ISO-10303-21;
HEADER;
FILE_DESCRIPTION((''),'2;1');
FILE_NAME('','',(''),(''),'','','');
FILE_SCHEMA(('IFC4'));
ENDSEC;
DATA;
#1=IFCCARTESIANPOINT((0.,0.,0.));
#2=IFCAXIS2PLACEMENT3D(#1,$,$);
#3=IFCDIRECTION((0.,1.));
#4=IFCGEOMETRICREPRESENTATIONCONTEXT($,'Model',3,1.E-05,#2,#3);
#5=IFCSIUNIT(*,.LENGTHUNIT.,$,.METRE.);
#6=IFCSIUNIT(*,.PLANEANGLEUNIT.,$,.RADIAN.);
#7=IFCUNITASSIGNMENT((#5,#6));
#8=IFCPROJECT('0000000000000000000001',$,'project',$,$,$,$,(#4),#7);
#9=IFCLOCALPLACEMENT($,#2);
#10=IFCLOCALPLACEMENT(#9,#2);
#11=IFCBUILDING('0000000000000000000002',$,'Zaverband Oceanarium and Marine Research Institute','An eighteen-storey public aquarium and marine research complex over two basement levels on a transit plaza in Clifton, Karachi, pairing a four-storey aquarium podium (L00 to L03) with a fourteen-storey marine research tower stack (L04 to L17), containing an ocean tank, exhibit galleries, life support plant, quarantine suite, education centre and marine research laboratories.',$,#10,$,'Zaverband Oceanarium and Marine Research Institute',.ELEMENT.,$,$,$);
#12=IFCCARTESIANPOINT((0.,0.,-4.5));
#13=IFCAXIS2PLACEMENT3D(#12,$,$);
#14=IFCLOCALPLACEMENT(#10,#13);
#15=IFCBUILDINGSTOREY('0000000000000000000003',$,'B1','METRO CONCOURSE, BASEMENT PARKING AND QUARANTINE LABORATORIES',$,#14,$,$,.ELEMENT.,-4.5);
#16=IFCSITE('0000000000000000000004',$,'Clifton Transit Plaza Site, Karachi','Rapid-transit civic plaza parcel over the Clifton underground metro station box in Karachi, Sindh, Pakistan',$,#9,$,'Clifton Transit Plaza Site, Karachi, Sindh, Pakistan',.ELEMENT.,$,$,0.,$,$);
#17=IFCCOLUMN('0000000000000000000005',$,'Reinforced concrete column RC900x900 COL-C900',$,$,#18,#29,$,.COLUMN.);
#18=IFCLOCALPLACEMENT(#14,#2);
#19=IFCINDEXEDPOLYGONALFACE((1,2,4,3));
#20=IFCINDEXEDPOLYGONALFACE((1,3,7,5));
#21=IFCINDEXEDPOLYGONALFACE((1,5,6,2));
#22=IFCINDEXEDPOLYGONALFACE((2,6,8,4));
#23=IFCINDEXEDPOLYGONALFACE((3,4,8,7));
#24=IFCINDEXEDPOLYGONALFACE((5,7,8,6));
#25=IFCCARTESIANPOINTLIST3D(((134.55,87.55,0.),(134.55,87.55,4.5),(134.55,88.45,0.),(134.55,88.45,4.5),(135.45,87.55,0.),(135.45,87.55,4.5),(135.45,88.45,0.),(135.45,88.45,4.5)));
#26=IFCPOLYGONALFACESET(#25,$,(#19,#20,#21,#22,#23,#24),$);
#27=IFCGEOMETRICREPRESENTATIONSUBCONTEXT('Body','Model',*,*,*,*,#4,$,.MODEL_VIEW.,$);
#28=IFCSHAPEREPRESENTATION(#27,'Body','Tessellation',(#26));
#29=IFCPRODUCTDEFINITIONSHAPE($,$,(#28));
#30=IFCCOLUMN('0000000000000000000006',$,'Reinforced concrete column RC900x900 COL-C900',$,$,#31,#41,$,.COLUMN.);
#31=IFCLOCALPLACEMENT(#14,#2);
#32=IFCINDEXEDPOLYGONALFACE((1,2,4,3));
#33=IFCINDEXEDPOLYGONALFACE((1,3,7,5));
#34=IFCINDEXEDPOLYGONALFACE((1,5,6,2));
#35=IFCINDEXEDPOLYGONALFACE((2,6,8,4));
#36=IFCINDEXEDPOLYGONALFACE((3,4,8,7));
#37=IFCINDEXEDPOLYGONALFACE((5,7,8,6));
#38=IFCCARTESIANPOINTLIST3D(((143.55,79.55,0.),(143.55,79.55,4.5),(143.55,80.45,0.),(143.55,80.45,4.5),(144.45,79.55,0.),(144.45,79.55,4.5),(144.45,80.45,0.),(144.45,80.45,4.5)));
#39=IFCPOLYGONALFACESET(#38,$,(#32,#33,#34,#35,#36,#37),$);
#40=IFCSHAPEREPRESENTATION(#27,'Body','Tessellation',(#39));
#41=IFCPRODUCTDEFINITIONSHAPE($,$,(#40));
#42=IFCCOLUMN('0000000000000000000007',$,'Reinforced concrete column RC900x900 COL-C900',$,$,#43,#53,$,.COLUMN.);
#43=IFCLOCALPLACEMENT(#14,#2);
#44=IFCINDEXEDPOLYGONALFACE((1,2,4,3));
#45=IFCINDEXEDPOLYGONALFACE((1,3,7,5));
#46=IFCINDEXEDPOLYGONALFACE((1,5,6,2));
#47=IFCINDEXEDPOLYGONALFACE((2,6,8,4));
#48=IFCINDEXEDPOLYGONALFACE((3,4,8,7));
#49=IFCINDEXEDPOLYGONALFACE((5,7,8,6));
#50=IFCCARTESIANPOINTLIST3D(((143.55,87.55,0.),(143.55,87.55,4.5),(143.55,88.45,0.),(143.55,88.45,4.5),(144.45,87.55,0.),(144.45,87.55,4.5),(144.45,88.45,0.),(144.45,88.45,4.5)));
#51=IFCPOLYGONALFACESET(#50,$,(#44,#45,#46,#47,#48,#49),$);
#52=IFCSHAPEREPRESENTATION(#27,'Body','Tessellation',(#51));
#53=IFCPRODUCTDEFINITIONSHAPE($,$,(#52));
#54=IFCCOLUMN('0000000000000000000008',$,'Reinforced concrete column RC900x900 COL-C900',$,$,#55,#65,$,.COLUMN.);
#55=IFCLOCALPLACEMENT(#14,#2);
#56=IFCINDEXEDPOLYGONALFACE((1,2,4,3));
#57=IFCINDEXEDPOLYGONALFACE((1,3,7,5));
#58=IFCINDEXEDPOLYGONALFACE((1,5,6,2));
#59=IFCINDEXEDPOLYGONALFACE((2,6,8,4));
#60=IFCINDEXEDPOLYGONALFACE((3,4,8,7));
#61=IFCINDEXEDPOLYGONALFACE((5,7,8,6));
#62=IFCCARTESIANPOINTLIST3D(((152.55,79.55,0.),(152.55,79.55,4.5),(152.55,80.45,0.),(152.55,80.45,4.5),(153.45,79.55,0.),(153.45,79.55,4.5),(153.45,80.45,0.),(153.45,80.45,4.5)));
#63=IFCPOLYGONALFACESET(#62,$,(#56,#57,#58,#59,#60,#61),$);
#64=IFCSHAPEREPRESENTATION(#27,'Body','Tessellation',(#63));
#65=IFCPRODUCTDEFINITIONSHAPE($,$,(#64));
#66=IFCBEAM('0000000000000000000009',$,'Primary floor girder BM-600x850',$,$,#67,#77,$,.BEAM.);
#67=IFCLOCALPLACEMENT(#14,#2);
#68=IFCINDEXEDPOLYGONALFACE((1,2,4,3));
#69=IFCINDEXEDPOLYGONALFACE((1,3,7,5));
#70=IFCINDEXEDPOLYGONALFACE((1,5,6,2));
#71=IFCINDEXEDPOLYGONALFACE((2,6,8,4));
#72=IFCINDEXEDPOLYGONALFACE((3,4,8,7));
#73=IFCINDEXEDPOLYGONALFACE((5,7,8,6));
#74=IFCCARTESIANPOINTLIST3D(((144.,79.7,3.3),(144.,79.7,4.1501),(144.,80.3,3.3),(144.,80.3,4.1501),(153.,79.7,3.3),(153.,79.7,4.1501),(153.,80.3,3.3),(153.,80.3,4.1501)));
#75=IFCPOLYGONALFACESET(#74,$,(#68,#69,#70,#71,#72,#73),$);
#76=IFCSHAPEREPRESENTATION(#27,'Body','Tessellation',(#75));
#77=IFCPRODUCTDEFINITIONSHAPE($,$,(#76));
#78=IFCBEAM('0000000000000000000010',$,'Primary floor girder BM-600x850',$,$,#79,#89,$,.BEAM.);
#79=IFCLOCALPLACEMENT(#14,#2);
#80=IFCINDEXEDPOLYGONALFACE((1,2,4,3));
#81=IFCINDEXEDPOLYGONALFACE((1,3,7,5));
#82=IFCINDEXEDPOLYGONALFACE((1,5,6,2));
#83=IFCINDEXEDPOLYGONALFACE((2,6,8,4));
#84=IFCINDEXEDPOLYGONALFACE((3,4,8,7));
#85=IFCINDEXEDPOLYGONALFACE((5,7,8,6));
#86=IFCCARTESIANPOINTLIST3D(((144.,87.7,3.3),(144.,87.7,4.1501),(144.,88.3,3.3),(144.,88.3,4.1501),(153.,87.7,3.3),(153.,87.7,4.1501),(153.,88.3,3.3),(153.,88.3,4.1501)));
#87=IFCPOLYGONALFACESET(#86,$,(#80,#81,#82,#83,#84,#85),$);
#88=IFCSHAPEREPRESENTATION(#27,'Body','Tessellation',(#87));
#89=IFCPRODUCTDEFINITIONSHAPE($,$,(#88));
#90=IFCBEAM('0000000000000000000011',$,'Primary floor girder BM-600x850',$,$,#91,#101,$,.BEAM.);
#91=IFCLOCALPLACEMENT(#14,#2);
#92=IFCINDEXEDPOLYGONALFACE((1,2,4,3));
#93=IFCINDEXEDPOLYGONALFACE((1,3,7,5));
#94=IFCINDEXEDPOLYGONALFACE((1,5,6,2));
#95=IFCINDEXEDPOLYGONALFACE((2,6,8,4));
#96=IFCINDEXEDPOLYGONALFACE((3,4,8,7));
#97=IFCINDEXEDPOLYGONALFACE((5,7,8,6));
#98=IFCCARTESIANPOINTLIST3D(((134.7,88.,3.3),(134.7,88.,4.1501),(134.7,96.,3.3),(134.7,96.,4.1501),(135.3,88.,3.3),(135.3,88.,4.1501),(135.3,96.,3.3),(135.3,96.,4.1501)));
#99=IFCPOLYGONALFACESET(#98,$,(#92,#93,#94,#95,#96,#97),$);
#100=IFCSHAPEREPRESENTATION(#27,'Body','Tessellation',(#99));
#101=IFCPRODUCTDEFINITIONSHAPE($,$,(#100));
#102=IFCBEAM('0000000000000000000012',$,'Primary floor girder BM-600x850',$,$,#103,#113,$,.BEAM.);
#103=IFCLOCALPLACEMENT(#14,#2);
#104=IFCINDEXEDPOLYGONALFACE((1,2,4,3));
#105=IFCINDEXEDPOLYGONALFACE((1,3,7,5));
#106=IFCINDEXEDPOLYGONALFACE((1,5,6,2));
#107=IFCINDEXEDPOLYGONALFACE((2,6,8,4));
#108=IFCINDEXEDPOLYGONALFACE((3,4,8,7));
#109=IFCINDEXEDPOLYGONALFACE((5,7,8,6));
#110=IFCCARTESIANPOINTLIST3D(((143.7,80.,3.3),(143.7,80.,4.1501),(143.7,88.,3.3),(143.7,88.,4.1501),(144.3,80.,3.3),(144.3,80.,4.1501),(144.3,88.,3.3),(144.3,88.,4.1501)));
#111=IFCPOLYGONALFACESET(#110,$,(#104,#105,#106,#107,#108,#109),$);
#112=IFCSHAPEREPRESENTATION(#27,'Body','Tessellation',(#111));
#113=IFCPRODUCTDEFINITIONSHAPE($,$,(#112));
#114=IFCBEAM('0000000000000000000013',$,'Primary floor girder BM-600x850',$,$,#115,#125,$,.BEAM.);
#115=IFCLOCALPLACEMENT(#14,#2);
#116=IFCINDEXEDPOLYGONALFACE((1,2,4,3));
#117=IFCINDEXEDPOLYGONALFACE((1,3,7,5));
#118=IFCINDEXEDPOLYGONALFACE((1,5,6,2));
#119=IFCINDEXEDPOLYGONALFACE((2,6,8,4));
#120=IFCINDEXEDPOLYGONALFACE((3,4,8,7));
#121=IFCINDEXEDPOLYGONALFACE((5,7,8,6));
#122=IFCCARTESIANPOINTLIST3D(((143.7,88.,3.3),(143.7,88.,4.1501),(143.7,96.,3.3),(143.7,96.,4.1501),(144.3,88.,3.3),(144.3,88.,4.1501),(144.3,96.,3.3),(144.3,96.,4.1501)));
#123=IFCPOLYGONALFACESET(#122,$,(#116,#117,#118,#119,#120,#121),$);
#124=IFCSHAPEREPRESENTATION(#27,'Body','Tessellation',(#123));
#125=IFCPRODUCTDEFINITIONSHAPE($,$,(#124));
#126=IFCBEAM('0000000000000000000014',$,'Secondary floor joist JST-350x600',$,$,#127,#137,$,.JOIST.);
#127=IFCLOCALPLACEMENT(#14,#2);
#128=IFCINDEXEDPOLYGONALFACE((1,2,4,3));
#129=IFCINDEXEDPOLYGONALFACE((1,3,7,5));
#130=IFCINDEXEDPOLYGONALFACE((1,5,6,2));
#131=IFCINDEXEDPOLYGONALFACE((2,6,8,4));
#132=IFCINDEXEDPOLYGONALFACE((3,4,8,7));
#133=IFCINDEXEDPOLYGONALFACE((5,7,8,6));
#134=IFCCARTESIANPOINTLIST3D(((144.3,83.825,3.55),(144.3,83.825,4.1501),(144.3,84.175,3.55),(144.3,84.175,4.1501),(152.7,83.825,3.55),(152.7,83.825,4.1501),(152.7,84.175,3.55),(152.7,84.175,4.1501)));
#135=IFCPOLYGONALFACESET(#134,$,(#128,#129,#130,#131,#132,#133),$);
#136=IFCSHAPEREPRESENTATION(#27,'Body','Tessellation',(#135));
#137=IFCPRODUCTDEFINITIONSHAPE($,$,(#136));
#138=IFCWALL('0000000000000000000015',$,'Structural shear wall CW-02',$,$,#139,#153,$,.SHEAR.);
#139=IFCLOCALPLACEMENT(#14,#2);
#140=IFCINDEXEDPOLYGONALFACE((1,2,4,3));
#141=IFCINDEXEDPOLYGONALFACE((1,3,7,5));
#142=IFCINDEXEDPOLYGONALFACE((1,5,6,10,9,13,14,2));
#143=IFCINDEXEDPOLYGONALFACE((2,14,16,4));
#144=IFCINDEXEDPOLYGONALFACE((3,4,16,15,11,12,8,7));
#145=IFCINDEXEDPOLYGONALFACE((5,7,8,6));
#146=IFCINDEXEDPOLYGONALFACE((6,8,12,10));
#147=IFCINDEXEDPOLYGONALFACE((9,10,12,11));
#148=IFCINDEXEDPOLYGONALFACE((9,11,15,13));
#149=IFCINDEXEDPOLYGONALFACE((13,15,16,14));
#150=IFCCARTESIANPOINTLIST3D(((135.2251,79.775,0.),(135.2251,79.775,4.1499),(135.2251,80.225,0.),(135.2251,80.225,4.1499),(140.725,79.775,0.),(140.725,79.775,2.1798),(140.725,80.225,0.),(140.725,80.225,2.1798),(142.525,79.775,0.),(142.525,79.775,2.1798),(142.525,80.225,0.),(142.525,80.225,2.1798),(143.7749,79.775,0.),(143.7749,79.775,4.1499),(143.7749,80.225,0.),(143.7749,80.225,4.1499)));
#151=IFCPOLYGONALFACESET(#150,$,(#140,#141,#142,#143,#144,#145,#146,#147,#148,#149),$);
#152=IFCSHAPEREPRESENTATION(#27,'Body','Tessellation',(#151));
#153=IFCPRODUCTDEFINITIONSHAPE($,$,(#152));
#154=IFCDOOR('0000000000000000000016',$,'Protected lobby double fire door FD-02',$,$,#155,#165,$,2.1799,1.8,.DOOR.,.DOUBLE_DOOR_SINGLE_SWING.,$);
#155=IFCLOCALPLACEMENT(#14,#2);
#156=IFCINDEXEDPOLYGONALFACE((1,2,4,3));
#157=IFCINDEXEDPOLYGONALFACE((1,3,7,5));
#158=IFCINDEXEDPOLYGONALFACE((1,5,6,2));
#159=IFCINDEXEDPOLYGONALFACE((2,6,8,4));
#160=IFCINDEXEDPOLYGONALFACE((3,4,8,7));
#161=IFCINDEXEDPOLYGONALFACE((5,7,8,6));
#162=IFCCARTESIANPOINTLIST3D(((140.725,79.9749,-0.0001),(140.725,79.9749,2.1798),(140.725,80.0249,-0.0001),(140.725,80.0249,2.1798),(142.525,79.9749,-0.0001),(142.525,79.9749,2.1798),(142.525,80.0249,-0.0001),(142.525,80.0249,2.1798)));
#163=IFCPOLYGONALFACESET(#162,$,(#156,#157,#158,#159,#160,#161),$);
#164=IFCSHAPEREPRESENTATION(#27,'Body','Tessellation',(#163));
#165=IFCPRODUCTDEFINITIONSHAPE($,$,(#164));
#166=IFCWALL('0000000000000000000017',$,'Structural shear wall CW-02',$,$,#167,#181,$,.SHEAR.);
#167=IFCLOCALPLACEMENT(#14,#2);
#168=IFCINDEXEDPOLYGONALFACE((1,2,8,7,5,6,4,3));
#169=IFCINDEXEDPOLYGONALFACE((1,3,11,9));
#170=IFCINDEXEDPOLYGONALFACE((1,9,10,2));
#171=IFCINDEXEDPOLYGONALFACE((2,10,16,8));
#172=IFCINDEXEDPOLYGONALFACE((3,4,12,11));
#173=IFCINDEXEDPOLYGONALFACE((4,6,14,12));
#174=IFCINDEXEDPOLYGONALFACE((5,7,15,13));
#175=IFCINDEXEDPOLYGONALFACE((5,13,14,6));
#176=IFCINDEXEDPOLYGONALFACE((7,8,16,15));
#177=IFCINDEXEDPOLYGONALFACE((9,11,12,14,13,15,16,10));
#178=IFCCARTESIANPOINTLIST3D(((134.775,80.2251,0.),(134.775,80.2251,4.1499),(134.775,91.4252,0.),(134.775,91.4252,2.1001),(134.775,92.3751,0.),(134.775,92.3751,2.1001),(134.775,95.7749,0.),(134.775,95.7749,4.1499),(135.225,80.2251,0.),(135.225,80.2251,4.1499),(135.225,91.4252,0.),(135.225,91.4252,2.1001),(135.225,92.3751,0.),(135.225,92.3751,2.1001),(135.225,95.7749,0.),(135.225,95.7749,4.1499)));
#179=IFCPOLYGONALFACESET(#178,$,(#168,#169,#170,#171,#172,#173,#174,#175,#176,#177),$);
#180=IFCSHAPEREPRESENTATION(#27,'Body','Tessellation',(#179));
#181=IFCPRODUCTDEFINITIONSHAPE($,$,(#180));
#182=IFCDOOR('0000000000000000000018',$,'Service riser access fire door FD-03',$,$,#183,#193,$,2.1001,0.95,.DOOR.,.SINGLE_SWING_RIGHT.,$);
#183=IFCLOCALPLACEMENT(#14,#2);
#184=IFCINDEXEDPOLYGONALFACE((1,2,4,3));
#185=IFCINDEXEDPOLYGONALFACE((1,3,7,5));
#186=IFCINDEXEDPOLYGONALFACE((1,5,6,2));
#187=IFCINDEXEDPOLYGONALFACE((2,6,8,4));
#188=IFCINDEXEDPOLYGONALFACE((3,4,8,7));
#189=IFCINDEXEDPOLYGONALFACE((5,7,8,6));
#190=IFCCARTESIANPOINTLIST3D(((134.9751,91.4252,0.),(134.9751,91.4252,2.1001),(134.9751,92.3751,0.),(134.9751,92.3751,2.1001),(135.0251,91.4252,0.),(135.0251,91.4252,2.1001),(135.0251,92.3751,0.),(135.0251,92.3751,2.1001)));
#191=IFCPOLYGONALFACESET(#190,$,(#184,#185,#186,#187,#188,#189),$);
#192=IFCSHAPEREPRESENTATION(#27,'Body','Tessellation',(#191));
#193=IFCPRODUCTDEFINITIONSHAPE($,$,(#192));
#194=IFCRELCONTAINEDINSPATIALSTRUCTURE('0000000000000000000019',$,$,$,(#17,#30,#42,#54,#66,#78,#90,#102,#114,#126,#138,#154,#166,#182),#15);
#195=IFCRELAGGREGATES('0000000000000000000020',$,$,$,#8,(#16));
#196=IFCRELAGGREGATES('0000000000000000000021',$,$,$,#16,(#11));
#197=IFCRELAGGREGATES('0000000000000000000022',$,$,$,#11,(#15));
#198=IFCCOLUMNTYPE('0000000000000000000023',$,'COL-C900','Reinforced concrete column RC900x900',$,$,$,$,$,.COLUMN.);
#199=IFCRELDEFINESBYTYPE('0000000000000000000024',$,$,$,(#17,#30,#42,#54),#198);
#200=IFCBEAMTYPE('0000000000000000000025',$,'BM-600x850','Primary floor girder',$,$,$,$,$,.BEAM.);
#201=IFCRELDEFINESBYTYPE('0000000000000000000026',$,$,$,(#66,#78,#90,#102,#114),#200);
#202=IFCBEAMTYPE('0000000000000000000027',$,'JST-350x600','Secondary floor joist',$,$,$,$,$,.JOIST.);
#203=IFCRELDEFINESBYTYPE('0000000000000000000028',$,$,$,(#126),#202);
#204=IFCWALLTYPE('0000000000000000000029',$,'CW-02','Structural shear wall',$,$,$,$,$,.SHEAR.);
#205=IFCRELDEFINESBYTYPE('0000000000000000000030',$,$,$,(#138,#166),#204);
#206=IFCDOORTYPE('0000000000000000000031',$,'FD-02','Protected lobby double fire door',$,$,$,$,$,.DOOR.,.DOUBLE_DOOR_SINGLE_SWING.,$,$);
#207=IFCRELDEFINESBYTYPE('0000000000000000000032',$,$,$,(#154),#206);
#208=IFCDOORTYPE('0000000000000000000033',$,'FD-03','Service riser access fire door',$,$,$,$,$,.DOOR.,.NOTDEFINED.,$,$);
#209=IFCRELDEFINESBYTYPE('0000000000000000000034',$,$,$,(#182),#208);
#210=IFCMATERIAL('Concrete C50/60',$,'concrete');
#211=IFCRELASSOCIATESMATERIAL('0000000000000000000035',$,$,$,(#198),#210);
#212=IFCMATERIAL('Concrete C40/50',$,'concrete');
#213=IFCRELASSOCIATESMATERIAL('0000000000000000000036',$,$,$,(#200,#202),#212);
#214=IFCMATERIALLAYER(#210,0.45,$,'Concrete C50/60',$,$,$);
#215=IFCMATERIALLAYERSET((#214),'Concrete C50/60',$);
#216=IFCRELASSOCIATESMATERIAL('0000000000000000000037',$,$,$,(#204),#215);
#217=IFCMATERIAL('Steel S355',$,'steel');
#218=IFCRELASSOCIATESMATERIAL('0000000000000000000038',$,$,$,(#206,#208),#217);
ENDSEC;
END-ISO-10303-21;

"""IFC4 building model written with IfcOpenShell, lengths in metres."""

from ifc_helpers import new_model, si_unit, direction, frame, frame_2d, origin, origin_2d, place, context, subcontext, project, spatial, rectangle, extrude, material, layer, layer_set, material_profile, profile_set, type_object, element, fill, save


model = new_model("IFC4")

# Units and contexts
model_context = context("Model", 3, precision=1e-05, world=origin(), true_north=direction((0.0, 1.0)))
body_context = subcontext(model_context, "Body", "Model", "MODEL_VIEW")
ifc_project = project(units=[si_unit("LENGTHUNIT", "METRE"), si_unit("PLANEANGLEUNIT", "RADIAN")], contexts=[model_context])

# Site, building, storey
site_placement = place(None, origin())
site = spatial("IfcSite", under=ifc_project, at=site_placement, Name="Clifton Transit Plaza Site, Karachi", Description="Rapid-transit civic plaza parcel over the Clifton underground metro station box in Karachi, Sindh, Pakistan", LongName="Clifton Transit Plaza Site, Karachi, Sindh, Pakistan", CompositionType="ELEMENT", RefElevation=0.0)
building_placement = place(site_placement, origin())
building = spatial("IfcBuilding", under=site, at=building_placement, Name="Zaverband Oceanarium and Marine Research Institute", Description="An eighteen-storey public aquarium and marine research complex over two basement levels on a transit plaza in Clifton, Karachi, pairing a four-storey aquarium podium (L00 to L03) with a fourteen-storey marine research tower stack (L04 to L17), containing an ocean tank, exhibit galleries, life support plant, quarantine suite, education centre and marine research laboratories.", LongName="Zaverband Oceanarium and Marine Research Institute", CompositionType="ELEMENT")
storey_placement = place(building_placement, frame((0.0, 0.0, -4.5)))
storey = spatial("IfcBuildingStorey", under=building, at=storey_placement, Name="B1", Description="METRO CONCOURSE, BASEMENT PARKING AND QUARANTINE LABORATORIES", CompositionType="ELEMENT", Elevation=-4.5)

# Columns
ifc_material_1 = material(Name="Concrete C50/60", Category="concrete")
ifc_material_profile_1 = material_profile(ifc_material_1, rectangle(XDim=0.8999, YDim=0.8999, at=origin_2d()), Name="RC900x900")
ifc_profile_set_1 = profile_set([ifc_material_profile_1], Name="Concrete C50/60")
column_type = type_object("IfcColumnType", Name="COL-C900", Description="Reinforced concrete column RC900x900", PredefinedType="COLUMN", material=ifc_profile_set_1)
for number, where, z_axis, x_axis, name in (
    (1, (135.0, 88.0, 0.0), (0.0, 0.0, 1.0), (1.0, 0.0, 0.0), "Reinforced concrete column RC900x900 COL-C900"),
    (2, (144.0, 80.0, 0.0), (0.0, 0.0, 1.0), (1.0, 0.0, 0.0), "Reinforced concrete column RC900x900 COL-C900"),
    (3, (144.0, 88.0, 0.0), (0.0, 0.0, 1.0), (1.0, 0.0, 0.0), "Reinforced concrete column RC900x900 COL-C900"),
    (4, (153.0, 80.0, 0.0), (0.0, 0.0, 1.0), (1.0, 0.0, 0.0), "Reinforced concrete column RC900x900 COL-C900"),
):
    element("IfcColumn", number, at=place(storey_placement, frame(where, z_axis=z_axis, x_axis=x_axis)), inside=storey, type_object=column_type, Name=name, PredefinedType="COLUMN", context=body_context, shape_type="SweptSolid", body=[
        extrude(rectangle(XDim=0.8999, YDim=0.8999, at=origin_2d()), origin(), (0.0, 0.0, 1.0), 4.5),
    ])

# Beams
ifc_material_2 = material(Name="Concrete C40/50", Category="concrete")
ifc_material_profile_2 = material_profile(ifc_material_2, rectangle(XDim=0.6001, YDim=0.8501, at=origin_2d()), Name="RC600x850")
ifc_profile_set_2 = profile_set([ifc_material_profile_2], Name="Concrete C40/50")
beam_type_1 = type_object("IfcBeamType", Name="BM-600x850", Description="Primary floor girder", PredefinedType="BEAM", material=ifc_profile_set_2)
for number, where, z_axis, x_axis, name in (
    (5, (144.0, 80.0, 3.7251), (1.0, 0.0, 0.0), (0.0, 1.0, 0.0), "Primary floor girder BM-600x850"),
    (6, (144.0, 88.0, 3.7251), (1.0, 0.0, 0.0), (0.0, 1.0, 0.0), "Primary floor girder BM-600x850"),
):
    element("IfcBeam", number, at=place(storey_placement, frame(where, z_axis=z_axis, x_axis=x_axis)), inside=storey, type_object=beam_type_1, Name=name, PredefinedType="BEAM", context=body_context, shape_type="SweptSolid", body=[
        extrude(rectangle(XDim=0.6001, YDim=0.8501, at=origin_2d()), origin(), (0.0, 0.0, 1.0), 9.0),
    ])
for number, where, z_axis, x_axis, name in (
    (7, (135.0, 88.0, 3.7251), (0.0, 1.0, 0.0), (-1.0, 0.0, 0.0), "Primary floor girder BM-600x850"),
    (8, (144.0, 80.0, 3.7251), (0.0, 1.0, 0.0), (-1.0, 0.0, 0.0), "Primary floor girder BM-600x850"),
    (9, (144.0, 88.0, 3.7251), (0.0, 1.0, 0.0), (-1.0, 0.0, 0.0), "Primary floor girder BM-600x850"),
):
    element("IfcBeam", number, at=place(storey_placement, frame(where, z_axis=z_axis, x_axis=x_axis)), inside=storey, type_object=beam_type_1, Name=name, PredefinedType="BEAM", context=body_context, shape_type="SweptSolid", body=[
        extrude(rectangle(XDim=0.6001, YDim=0.8501, at=origin_2d()), origin(), (0.0, 0.0, 1.0), 8.0),
    ])
ifc_material_profile_3 = material_profile(ifc_material_2, rectangle(XDim=0.3501, YDim=0.6001, at=origin_2d()), Name="RC350x600")
ifc_profile_set_3 = profile_set([ifc_material_profile_3], Name="Concrete C40/50")
beam_type_2 = type_object("IfcBeamType", Name="JST-350x600", Description="Secondary floor joist", PredefinedType="JOIST", material=ifc_profile_set_3)
beam_placement = place(storey_placement, frame((144.3, 84.0, 3.8501), z_axis=(1.0, 0.0, 0.0), x_axis=(0.0, 1.0, 0.0)))
element("IfcBeam", 10, at=beam_placement, inside=storey, type_object=beam_type_2, Name="Secondary floor joist JST-350x600", PredefinedType="JOIST", context=body_context, shape_type="SweptSolid", body=[
    extrude(rectangle(XDim=0.3501, YDim=0.6001, at=origin_2d()), origin(), (0.0, 0.0, 1.0), 8.3999),
])

# Walls, openings, doors
ifc_layer_1 = layer(ifc_material_1, 0.45, Name="Concrete C50/60")
ifc_layer_set_1 = layer_set([ifc_layer_1], Name="Concrete C50/60")
wall_type_1 = type_object("IfcWallType", Name="CW-02", Description="Structural shear wall", PredefinedType="SHEAR", material=ifc_layer_set_1)
wall_1_placement = place(storey_placement, frame((135.2251, 80.0, 0.0), z_axis=(0.0, 0.0, 1.0), x_axis=(1.0, 0.0, 0.0)))
wall_1 = element("IfcWall", 11, at=wall_1_placement, inside=storey, type_object=wall_type_1, Name="Structural shear wall CW-02", PredefinedType="SHEAR", context=body_context, shape_type="SweptSolid", body=[
    extrude(rectangle(XDim=8.5498, YDim=0.45, at=frame_2d((4.2749, 0.0))), origin(), (0.0, 0.0, 1.0), 4.1499),
])
opening_1_placement = place(wall_1_placement, frame((5.5, 0.0, 0.0)))
opening_1 = element("IfcOpeningElement", 12, at=opening_1_placement, cuts=wall_1, PredefinedType="OPENING", context=body_context, shape_type="SweptSolid", body=[
    extrude(rectangle(XDim=1.8, YDim=2.1799, at=frame_2d((0.8999, 1.0898))), frame((0.0, 0.2368, 0.0), z_axis=(0.0, -1.0, 0.0), x_axis=(1.0, 0.0, 0.0)), (0.0, 0.0, 1.0), 0.4739),
])
ifc_material_3 = material(Name="Steel S355", Category="steel")
door_type_1 = type_object("IfcDoorType", Name="FD-02", Description="Protected lobby double fire door", OperationType="DOUBLE_DOOR_SINGLE_SWING", PredefinedType="DOOR", material=ifc_material_3)
door_1_placement = place(opening_1_placement, origin())
door_1 = element("IfcDoor", 13, at=door_1_placement, inside=storey, type_object=door_type_1, Name="Protected lobby double fire door FD-02", OperationType="DOUBLE_DOOR_SINGLE_SWING", OverallHeight=2.1799, OverallWidth=1.8, PredefinedType="DOOR", context=body_context, shape_type="SweptSolid", body=[
    extrude(rectangle(XDim=1.8, YDim=2.1799, at=frame_2d((0.8999, 1.0898))), frame((0.0, 0.0249, 0.0), z_axis=(0.0, -1.0, 0.0), x_axis=(1.0, 0.0, 0.0)), (0.0, 0.0, 1.0), 0.05),
])
fill(opening_1, door_1)
wall_2_placement = place(storey_placement, frame((135.0, 80.2251, 0.0), z_axis=(0.0, 0.0, 1.0), x_axis=(0.0, 1.0, 0.0)))
wall_2 = element("IfcWall", 14, at=wall_2_placement, inside=storey, type_object=wall_type_1, Name="Structural shear wall CW-02", PredefinedType="SHEAR", context=body_context, shape_type="SweptSolid", body=[
    extrude(rectangle(XDim=15.5498, YDim=0.45, at=frame_2d((7.7749, 0.0))), origin(), (0.0, 0.0, 1.0), 4.1499),
])
opening_2_placement = place(wall_2_placement, frame((11.2, 0.0, 0.0)))
opening_2 = element("IfcOpeningElement", 15, at=opening_2_placement, cuts=wall_2, PredefinedType="OPENING", context=body_context, shape_type="SweptSolid", body=[
    extrude(rectangle(XDim=0.95, YDim=2.1001, at=frame_2d((0.4751, 1.05))), frame((0.0, 0.2368, 0.0), z_axis=(0.0, -1.0, 0.0), x_axis=(1.0, 0.0, 0.0)), (0.0, 0.0, 1.0), 0.4739),
])
door_type_2 = type_object("IfcDoorType", Name="FD-03", Description="Service riser access fire door", OperationType="NOTDEFINED", PredefinedType="DOOR", material=ifc_material_3)
door_2_placement = place(opening_2_placement, origin())
door_2 = element("IfcDoor", 16, at=door_2_placement, inside=storey, type_object=door_type_2, Name="Service riser access fire door FD-03", OperationType="SINGLE_SWING_RIGHT", OverallHeight=2.1001, OverallWidth=0.95, PredefinedType="DOOR", context=body_context, shape_type="SweptSolid", body=[
    extrude(rectangle(XDim=0.95, YDim=2.1001, at=frame_2d((0.4751, 1.05))), frame((0.0, 0.0249, 0.0), z_axis=(0.0, -1.0, 0.0), x_axis=(1.0, 0.0, 0.0)), (0.0, 0.0, 1.0), 0.05),
])
fill(opening_2, door_2)

save(model, "model.ifc")
